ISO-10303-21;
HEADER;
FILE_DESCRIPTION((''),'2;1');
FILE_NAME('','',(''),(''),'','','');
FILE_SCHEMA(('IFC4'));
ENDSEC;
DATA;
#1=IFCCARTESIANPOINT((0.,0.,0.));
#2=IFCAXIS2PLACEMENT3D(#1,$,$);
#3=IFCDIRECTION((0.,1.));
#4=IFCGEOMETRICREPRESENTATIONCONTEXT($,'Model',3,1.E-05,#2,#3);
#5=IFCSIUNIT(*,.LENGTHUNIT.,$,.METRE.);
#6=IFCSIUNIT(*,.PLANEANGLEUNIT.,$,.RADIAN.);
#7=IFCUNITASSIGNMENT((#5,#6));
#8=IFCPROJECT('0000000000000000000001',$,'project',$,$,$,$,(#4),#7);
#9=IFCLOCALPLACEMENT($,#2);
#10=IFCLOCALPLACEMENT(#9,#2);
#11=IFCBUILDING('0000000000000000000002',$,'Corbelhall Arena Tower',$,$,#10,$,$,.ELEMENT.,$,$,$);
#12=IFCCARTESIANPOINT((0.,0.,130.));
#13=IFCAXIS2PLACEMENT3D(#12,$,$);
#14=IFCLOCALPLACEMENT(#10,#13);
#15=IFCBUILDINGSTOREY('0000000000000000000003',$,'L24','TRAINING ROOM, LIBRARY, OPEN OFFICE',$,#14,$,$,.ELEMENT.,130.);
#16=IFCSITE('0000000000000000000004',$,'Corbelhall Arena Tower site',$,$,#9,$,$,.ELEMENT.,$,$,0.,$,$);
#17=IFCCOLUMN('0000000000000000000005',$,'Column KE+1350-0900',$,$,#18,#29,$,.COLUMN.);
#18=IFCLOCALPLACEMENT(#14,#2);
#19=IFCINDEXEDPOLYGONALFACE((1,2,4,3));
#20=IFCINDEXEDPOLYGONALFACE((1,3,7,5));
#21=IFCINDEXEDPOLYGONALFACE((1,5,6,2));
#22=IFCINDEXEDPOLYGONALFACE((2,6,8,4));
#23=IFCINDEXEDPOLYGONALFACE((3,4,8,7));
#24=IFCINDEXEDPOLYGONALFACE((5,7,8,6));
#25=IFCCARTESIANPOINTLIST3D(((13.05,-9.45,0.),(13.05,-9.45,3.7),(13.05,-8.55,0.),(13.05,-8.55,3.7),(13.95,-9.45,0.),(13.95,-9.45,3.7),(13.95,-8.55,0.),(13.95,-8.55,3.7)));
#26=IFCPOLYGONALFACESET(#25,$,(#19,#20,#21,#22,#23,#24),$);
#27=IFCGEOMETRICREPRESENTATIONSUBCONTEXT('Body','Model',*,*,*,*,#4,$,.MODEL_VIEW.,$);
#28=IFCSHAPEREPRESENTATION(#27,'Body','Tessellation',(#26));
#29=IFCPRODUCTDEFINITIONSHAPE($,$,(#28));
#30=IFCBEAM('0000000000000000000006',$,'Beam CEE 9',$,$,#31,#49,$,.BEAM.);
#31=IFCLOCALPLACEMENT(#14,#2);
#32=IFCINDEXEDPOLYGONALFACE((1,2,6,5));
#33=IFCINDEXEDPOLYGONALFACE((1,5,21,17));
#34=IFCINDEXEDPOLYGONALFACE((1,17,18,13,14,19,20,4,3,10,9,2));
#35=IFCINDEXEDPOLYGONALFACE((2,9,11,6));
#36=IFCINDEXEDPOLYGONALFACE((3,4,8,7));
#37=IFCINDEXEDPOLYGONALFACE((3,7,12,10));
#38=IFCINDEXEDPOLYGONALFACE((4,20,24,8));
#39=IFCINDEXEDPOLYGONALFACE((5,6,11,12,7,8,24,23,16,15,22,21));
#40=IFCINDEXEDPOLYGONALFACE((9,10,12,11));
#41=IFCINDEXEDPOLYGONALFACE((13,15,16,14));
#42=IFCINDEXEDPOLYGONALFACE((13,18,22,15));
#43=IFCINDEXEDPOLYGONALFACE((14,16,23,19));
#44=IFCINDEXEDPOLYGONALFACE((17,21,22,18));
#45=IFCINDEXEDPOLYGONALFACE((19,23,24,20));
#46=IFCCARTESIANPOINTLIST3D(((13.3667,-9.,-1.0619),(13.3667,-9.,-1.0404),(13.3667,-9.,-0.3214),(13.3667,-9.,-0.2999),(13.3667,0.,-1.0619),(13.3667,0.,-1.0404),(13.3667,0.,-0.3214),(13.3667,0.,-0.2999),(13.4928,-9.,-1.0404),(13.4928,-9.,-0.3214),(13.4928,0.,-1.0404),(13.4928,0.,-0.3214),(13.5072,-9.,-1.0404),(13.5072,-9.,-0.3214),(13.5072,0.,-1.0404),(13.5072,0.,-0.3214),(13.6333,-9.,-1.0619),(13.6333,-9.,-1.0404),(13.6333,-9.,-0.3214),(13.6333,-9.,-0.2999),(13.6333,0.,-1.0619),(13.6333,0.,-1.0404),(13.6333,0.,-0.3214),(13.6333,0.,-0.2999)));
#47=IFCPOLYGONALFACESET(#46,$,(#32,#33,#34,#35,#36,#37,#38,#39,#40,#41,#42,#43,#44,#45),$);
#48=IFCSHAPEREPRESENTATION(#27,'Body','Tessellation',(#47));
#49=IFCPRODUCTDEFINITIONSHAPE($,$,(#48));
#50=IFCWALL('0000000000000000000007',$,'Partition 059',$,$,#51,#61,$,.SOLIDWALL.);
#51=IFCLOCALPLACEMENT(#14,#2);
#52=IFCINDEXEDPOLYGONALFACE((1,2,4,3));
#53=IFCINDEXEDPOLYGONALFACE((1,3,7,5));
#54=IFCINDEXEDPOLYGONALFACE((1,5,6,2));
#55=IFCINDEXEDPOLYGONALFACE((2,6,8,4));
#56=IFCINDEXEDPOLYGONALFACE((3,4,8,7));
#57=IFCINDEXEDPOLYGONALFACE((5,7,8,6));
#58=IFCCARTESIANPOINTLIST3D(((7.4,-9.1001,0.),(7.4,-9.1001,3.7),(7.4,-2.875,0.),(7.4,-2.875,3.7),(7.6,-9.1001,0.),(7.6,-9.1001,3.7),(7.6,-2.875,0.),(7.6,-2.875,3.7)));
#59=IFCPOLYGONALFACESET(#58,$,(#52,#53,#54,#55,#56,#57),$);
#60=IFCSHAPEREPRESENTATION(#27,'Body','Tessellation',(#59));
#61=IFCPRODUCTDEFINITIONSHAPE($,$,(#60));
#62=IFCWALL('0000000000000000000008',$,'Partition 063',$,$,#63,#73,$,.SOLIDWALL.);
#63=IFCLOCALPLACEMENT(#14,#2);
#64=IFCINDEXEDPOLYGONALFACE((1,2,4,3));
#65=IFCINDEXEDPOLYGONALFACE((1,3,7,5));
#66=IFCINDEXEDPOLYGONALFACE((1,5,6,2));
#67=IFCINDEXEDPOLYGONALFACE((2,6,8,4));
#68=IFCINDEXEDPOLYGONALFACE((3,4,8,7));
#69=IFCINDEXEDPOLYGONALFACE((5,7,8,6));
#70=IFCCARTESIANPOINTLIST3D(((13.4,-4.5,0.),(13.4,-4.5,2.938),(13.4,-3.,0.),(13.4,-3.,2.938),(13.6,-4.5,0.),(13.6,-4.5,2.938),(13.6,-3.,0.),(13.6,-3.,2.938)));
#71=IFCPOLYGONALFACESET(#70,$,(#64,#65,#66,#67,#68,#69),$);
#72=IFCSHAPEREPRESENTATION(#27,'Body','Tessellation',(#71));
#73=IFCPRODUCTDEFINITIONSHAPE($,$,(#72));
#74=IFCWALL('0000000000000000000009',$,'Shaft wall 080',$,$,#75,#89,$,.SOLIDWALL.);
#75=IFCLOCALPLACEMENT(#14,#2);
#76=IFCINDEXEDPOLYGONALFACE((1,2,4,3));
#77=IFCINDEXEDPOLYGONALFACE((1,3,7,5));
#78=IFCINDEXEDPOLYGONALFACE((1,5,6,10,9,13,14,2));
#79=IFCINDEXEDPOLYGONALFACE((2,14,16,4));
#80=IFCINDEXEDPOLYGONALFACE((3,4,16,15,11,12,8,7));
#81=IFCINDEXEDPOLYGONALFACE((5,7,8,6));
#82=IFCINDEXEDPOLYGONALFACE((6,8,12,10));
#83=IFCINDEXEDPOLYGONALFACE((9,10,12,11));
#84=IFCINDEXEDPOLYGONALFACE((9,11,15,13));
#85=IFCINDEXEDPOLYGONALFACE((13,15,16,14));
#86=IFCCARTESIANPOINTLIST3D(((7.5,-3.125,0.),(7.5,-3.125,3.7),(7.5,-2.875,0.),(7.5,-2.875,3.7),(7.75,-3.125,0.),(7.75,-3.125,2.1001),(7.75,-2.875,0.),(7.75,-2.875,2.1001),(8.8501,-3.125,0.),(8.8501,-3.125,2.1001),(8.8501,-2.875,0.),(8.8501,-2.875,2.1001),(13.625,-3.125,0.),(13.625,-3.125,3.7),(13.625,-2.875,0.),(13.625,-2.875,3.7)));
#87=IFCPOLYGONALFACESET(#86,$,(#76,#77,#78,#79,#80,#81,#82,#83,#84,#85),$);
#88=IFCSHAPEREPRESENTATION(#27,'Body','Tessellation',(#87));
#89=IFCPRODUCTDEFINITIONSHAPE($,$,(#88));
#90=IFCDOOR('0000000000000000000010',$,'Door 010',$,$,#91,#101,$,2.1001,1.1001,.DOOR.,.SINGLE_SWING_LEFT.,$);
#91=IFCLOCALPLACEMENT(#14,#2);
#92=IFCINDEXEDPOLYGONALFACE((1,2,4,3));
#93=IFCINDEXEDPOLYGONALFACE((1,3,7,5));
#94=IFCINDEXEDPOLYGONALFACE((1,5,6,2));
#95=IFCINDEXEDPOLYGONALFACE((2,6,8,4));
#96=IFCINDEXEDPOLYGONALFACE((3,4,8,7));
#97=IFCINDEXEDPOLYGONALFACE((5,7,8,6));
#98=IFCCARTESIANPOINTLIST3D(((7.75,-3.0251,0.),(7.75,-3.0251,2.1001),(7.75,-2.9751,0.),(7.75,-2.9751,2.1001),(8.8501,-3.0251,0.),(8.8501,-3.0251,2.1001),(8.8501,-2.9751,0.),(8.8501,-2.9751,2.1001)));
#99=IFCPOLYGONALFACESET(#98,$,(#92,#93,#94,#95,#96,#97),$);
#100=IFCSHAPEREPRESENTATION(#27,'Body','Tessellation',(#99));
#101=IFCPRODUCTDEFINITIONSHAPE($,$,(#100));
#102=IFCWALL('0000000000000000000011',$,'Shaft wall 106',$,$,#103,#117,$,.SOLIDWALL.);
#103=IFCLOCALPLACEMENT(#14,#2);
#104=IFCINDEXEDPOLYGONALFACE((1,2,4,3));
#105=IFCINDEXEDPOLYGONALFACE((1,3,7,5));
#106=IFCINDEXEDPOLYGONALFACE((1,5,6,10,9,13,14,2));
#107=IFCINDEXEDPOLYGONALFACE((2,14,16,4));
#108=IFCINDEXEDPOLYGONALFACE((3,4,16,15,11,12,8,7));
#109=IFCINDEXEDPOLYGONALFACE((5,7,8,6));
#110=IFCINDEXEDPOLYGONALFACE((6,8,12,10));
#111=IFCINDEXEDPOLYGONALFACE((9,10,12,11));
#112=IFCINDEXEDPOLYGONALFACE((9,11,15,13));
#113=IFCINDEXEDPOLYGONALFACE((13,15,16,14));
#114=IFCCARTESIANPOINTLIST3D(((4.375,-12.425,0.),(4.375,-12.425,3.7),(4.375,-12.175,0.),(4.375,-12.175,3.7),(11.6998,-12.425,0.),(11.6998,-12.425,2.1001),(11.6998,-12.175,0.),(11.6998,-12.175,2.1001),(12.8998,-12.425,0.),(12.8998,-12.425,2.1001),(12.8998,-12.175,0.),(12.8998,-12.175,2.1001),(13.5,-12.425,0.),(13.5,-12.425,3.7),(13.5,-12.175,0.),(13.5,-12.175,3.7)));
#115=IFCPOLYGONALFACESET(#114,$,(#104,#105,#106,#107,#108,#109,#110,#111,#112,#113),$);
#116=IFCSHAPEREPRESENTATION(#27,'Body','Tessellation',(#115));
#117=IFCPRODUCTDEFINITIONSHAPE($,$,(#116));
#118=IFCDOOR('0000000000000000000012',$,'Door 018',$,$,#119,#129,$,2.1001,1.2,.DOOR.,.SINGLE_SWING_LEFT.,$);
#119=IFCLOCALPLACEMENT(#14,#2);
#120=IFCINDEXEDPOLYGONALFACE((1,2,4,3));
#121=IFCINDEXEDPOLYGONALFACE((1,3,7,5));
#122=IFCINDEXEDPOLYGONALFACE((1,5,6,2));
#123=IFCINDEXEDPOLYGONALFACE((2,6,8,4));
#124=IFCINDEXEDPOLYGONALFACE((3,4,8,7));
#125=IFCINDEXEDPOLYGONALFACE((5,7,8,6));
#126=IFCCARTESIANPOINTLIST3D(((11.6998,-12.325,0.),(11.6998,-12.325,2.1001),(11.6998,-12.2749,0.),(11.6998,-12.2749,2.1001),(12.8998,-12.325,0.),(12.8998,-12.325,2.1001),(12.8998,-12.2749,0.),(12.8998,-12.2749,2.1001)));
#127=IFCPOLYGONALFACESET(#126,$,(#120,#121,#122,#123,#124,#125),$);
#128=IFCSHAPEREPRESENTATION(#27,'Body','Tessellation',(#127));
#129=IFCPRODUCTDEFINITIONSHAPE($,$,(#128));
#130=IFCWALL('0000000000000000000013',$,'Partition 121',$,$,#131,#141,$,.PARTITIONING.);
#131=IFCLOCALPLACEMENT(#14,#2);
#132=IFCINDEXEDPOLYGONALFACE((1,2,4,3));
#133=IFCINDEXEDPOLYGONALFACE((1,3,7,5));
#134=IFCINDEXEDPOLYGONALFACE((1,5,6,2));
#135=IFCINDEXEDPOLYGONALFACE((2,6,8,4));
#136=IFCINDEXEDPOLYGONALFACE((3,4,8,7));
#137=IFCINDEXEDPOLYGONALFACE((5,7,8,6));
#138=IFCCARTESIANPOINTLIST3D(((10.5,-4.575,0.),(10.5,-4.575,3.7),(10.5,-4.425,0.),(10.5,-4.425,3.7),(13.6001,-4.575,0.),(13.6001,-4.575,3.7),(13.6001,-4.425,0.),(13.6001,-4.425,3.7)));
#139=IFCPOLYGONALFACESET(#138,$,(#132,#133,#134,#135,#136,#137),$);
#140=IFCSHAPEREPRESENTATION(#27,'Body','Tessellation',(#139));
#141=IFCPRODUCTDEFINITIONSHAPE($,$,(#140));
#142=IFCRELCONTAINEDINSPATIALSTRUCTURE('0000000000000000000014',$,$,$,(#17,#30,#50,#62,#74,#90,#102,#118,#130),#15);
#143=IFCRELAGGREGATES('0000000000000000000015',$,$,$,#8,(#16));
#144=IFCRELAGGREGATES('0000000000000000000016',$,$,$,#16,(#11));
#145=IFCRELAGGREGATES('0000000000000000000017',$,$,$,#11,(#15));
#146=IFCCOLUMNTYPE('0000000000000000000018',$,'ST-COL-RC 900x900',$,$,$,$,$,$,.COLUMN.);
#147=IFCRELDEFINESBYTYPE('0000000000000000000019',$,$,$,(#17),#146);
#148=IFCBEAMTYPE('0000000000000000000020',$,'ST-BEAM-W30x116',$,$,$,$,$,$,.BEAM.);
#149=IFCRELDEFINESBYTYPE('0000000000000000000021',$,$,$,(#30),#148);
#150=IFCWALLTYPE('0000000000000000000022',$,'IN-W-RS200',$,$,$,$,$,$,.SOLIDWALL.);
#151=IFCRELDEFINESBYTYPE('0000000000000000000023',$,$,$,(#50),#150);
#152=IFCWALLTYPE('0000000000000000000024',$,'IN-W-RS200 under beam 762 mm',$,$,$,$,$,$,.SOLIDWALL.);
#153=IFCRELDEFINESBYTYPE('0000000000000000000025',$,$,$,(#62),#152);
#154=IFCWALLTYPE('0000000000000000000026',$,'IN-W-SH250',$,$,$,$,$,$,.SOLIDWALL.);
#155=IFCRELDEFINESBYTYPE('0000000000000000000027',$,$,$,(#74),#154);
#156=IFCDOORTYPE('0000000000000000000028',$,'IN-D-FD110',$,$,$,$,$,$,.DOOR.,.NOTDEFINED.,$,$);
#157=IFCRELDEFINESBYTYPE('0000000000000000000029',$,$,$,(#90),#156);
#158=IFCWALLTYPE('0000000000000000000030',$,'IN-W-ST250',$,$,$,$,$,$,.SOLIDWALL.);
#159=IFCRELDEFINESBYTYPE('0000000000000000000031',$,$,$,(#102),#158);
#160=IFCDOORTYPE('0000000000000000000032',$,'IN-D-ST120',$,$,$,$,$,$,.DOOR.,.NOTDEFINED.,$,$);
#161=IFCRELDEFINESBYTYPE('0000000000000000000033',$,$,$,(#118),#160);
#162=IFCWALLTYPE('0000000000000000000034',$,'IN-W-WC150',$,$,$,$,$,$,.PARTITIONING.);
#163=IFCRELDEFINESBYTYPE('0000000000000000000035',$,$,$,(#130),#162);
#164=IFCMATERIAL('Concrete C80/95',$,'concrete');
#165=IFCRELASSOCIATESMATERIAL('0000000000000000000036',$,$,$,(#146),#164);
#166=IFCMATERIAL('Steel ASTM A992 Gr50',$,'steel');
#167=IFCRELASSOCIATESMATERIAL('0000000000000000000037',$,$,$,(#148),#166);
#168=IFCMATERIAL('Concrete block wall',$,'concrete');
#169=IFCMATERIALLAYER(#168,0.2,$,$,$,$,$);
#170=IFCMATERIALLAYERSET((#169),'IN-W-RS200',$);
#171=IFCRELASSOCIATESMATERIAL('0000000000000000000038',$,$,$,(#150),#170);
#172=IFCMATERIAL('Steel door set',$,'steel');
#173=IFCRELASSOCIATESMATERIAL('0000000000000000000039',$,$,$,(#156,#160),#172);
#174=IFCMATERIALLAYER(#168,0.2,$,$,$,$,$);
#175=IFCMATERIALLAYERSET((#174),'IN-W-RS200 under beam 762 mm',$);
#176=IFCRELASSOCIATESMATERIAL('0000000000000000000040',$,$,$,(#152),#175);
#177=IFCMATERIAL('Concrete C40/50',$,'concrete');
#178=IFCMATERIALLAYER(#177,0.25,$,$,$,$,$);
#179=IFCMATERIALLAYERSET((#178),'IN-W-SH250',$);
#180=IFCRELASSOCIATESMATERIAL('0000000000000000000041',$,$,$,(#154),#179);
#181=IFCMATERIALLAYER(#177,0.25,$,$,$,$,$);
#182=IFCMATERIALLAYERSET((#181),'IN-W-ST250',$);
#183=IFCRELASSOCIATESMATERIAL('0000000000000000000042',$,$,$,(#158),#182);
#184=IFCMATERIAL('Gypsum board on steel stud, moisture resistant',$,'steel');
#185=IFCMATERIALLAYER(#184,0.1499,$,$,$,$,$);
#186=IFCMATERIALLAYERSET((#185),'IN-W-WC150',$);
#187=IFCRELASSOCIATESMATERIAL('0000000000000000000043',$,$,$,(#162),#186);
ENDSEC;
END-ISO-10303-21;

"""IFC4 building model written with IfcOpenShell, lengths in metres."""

from ifc_helpers import new_model, si_unit, direction, frame, frame_2d, origin, origin_2d, place, context, subcontext, project, spatial, rectangle, i_section, extrude, material, layer, layer_set, material_profile, profile_set, type_object, element, fill, save


model = new_model("IFC4")

# Units and contexts
model_context = context("Model", 3, precision=1e-05, world=origin(), true_north=direction((0.0, 1.0)))
body_context = subcontext(model_context, "Body", "Model", "MODEL_VIEW")
ifc_project = project(units=[si_unit("LENGTHUNIT", "METRE"), si_unit("PLANEANGLEUNIT", "RADIAN")], contexts=[model_context])

# Site, building, storey
site_placement = place(None, origin())
site = spatial("IfcSite", under=ifc_project, at=site_placement, Name="Corbelhall Arena Tower site", CompositionType="ELEMENT", RefElevation=0.0)
building_placement = place(site_placement, origin())
building = spatial("IfcBuilding", under=site, at=building_placement, Name="Corbelhall Arena Tower", CompositionType="ELEMENT")
storey_placement = place(building_placement, frame((0.0, 0.0, 130.0)))
storey = spatial("IfcBuildingStorey", under=building, at=storey_placement, Name="L24", Description="TRAINING ROOM, LIBRARY, OPEN OFFICE", CompositionType="ELEMENT", Elevation=130.0)

# Column
ifc_material_1 = material(Name="Concrete C80/95", Category="concrete")
ifc_material_profile_1 = material_profile(ifc_material_1, rectangle(XDim=0.8999, YDim=0.8999, at=origin_2d()))
ifc_profile_set_1 = profile_set([ifc_material_profile_1], Name="Concrete C80/95")
column_type = type_object("IfcColumnType", Name="ST-COL-RC 900x900", PredefinedType="COLUMN", material=ifc_profile_set_1)
column_placement = place(storey_placement, frame((13.5, -9.0, 0.0), z_axis=(0.0, 0.0, 1.0), x_axis=(1.0, 0.0, 0.0)))
element("IfcColumn", 1, at=column_placement, inside=storey, type_object=column_type, Name="Column KE+1350-0900", PredefinedType="COLUMN", context=body_context, shape_type="SweptSolid", body=[
    extrude(rectangle(XDim=0.8999, YDim=0.8999, at=origin_2d()), origin(), (0.0, 0.0, 1.0), 3.7),
])

# Beam
ifc_material_2 = material(Name="Steel ASTM A992 Gr50", Category="steel")
ifc_material_profile_2 = material_profile(ifc_material_2, i_section(OverallWidth=0.2666, OverallDepth=0.762, WebThickness=0.0144, FlangeThickness=0.0215, at=origin_2d()))
ifc_profile_set_2 = profile_set([ifc_material_profile_2], Name="Steel ASTM A992 Gr50")
beam_type = type_object("IfcBeamType", Name="ST-BEAM-W30x116", PredefinedType="BEAM", material=ifc_profile_set_2)
beam_placement = place(storey_placement, frame((13.5, -9.0, -0.6809), z_axis=(0.0, 1.0, 0.0), x_axis=(-1.0, 0.0, 0.0)))
element("IfcBeam", 2, at=beam_placement, inside=storey, type_object=beam_type, Name="Beam CEE 9", PredefinedType="BEAM", context=body_context, shape_type="SweptSolid", body=[
    extrude(i_section(OverallWidth=0.2666, OverallDepth=0.762, WebThickness=0.0144, FlangeThickness=0.0215, at=origin_2d()), origin(), (0.0, 0.0, 1.0), 9.0),
])

# Shared definitions
ifc_material_3 = material(Name="Steel door set", Category="steel")

# Wall
ifc_material_4 = material(Name="Concrete block wall", Category="concrete")
ifc_layer_1 = layer(ifc_material_4, 0.2)
ifc_layer_set_1 = layer_set([ifc_layer_1], Name="IN-W-RS200")
wall_type_1 = type_object("IfcWallType", Name="IN-W-RS200", PredefinedType="SOLIDWALL", material=ifc_layer_set_1)
wall_1_placement = place(storey_placement, frame((7.5, -2.875, 0.0), z_axis=(0.0, 0.0, 1.0), x_axis=(0.0, -1.0, 0.0)))
element("IfcWall", 3, at=wall_1_placement, inside=storey, type_object=wall_type_1, Name="Partition 059", PredefinedType="SOLIDWALL", context=body_context, shape_type="SweptSolid", body=[
    extrude(rectangle(XDim=6.2251, YDim=0.2, at=frame_2d((3.1125, 0.0))), origin(), (0.0, 0.0, 1.0), 3.7),
])

# Shared definitions
door_type_1 = type_object("IfcDoorType", Name="IN-D-FD110", OperationType="NOTDEFINED", PredefinedType="DOOR", material=ifc_material_3)

# Wall
ifc_layer_2 = layer(ifc_material_4, 0.2)
ifc_layer_set_2 = layer_set([ifc_layer_2], Name="IN-W-RS200 under beam 762 mm")
wall_type_2 = type_object("IfcWallType", Name="IN-W-RS200 under beam 762 mm", PredefinedType="SOLIDWALL", material=ifc_layer_set_2)
wall_2_placement = place(storey_placement, frame((13.5, -3.0, 0.0), z_axis=(0.0, 0.0, 1.0), x_axis=(0.0, -1.0, 0.0)))
element("IfcWall", 4, at=wall_2_placement, inside=storey, type_object=wall_type_2, Name="Partition 063", PredefinedType="SOLIDWALL", context=body_context, shape_type="SweptSolid", body=[
    extrude(rectangle(XDim=1.5, YDim=0.2, at=frame_2d((0.75, 0.0))), origin(), (0.0, 0.0, 1.0), 2.938),
])

# Walls, openings, doors
ifc_material_5 = material(Name="Concrete C40/50", Category="concrete")
ifc_layer_3 = layer(ifc_material_5, 0.25)
ifc_layer_set_3 = layer_set([ifc_layer_3], Name="IN-W-SH250")
wall_type_3 = type_object("IfcWallType", Name="IN-W-SH250", PredefinedType="SOLIDWALL", material=ifc_layer_set_3)
wall_3_placement = place(storey_placement, frame((7.5, -3.0, 0.0), z_axis=(0.0, 0.0, 1.0), x_axis=(1.0, 0.0, 0.0)))
wall_3 = element("IfcWall", 5, at=wall_3_placement, inside=storey, type_object=wall_type_3, Name="Shaft wall 080", PredefinedType="SOLIDWALL", context=body_context, shape_type="SweptSolid", body=[
    extrude(rectangle(XDim=6.125, YDim=0.25, at=frame_2d((3.0625, 0.0))), origin(), (0.0, 0.0, 1.0), 3.7),
])
opening_1_placement = place(wall_3_placement, frame((0.25, 0.0, 0.0)))
opening_1 = element("IfcOpeningElement", 6, at=opening_1_placement, cuts=wall_3, PredefinedType="OPENING", context=body_context, shape_type="SweptSolid", body=[
    extrude(rectangle(XDim=1.1001, YDim=2.1001, at=frame_2d((0.55, 1.05))), frame((0.0, 0.125, 0.0), z_axis=(0.0, -1.0, 0.0), x_axis=(1.0, 0.0, 0.0)), (0.0, 0.0, 1.0), 0.25),
])
door_1_placement = place(opening_1_placement, origin())
door_1 = element("IfcDoor", 7, at=door_1_placement, inside=storey, type_object=door_type_1, Name="Door 010", OperationType="SINGLE_SWING_LEFT", OverallHeight=2.1001, OverallWidth=1.1001, PredefinedType="DOOR", context=body_context, shape_type="SweptSolid", body=[
    extrude(rectangle(XDim=1.1001, YDim=2.1001, at=frame_2d((0.55, 1.05))), frame((0.0, 0.0249, 0.0), z_axis=(0.0, -1.0, 0.0), x_axis=(1.0, 0.0, 0.0)), (0.0, 0.0, 1.0), 0.05),
])
fill(opening_1, door_1)
ifc_layer_4 = layer(ifc_material_5, 0.25)
ifc_layer_set_4 = layer_set([ifc_layer_4], Name="IN-W-ST250")
wall_type_4 = type_object("IfcWallType", Name="IN-W-ST250", PredefinedType="SOLIDWALL", material=ifc_layer_set_4)
wall_4_placement = place(storey_placement, frame((13.5, -12.3, 0.0), z_axis=(0.0, 0.0, 1.0), x_axis=(-1.0, 0.0, 0.0)))
wall_4 = element("IfcWall", 8, at=wall_4_placement, inside=storey, type_object=wall_type_4, Name="Shaft wall 106", PredefinedType="SOLIDWALL", context=body_context, shape_type="SweptSolid", body=[
    extrude(rectangle(XDim=9.125, YDim=0.25, at=frame_2d((4.5625, 0.0))), origin(), (0.0, 0.0, 1.0), 3.7),
])
opening_2_placement = place(wall_4_placement, frame((0.6001, 0.0, 0.0)))
opening_2 = element("IfcOpeningElement", 9, at=opening_2_placement, cuts=wall_4, PredefinedType="OPENING", context=body_context, shape_type="SweptSolid", body=[
    extrude(rectangle(XDim=1.2, YDim=2.1001, at=frame_2d((0.6001, 1.05))), frame((0.0, 0.125, 0.0), z_axis=(0.0, -1.0, 0.0), x_axis=(1.0, 0.0, 0.0)), (0.0, 0.0, 1.0), 0.25),
])
door_type_2 = type_object("IfcDoorType", Name="IN-D-ST120", OperationType="NOTDEFINED", PredefinedType="DOOR", material=ifc_material_3)
door_2_placement = place(opening_2_placement, origin())
door_2 = element("IfcDoor", 10, at=door_2_placement, inside=storey, type_object=door_type_2, Name="Door 018", OperationType="SINGLE_SWING_LEFT", OverallHeight=2.1001, OverallWidth=1.2, PredefinedType="DOOR", context=body_context, shape_type="SweptSolid", body=[
    extrude(rectangle(XDim=1.2, YDim=2.1001, at=frame_2d((0.6001, 1.05))), frame((0.0, 0.0249, 0.0), z_axis=(0.0, -1.0, 0.0), x_axis=(1.0, 0.0, 0.0)), (0.0, 0.0, 1.0), 0.05),
])
fill(opening_2, door_2)

# Wall
ifc_material_6 = material(Name="Gypsum board on steel stud, moisture resistant", Category="steel")
ifc_layer_5 = layer(ifc_material_6, 0.1499)
ifc_layer_set_5 = layer_set([ifc_layer_5], Name="IN-W-WC150")
wall_type_5 = type_object("IfcWallType", Name="IN-W-WC150", PredefinedType="PARTITIONING", material=ifc_layer_set_5)
wall_5_placement = place(storey_placement, frame((10.5, -4.5, 0.0), z_axis=(0.0, 0.0, 1.0), x_axis=(1.0, 0.0, 0.0)))
element("IfcWall", 11, at=wall_5_placement, inside=storey, type_object=wall_type_5, Name="Partition 121", PredefinedType="PARTITIONING", context=body_context, shape_type="SweptSolid", body=[
    extrude(rectangle(XDim=3.1001, YDim=0.1499, at=frame_2d((1.55, 0.0))), origin(), (0.0, 0.0, 1.0), 3.7),
])

save(model, "model.ifc")
